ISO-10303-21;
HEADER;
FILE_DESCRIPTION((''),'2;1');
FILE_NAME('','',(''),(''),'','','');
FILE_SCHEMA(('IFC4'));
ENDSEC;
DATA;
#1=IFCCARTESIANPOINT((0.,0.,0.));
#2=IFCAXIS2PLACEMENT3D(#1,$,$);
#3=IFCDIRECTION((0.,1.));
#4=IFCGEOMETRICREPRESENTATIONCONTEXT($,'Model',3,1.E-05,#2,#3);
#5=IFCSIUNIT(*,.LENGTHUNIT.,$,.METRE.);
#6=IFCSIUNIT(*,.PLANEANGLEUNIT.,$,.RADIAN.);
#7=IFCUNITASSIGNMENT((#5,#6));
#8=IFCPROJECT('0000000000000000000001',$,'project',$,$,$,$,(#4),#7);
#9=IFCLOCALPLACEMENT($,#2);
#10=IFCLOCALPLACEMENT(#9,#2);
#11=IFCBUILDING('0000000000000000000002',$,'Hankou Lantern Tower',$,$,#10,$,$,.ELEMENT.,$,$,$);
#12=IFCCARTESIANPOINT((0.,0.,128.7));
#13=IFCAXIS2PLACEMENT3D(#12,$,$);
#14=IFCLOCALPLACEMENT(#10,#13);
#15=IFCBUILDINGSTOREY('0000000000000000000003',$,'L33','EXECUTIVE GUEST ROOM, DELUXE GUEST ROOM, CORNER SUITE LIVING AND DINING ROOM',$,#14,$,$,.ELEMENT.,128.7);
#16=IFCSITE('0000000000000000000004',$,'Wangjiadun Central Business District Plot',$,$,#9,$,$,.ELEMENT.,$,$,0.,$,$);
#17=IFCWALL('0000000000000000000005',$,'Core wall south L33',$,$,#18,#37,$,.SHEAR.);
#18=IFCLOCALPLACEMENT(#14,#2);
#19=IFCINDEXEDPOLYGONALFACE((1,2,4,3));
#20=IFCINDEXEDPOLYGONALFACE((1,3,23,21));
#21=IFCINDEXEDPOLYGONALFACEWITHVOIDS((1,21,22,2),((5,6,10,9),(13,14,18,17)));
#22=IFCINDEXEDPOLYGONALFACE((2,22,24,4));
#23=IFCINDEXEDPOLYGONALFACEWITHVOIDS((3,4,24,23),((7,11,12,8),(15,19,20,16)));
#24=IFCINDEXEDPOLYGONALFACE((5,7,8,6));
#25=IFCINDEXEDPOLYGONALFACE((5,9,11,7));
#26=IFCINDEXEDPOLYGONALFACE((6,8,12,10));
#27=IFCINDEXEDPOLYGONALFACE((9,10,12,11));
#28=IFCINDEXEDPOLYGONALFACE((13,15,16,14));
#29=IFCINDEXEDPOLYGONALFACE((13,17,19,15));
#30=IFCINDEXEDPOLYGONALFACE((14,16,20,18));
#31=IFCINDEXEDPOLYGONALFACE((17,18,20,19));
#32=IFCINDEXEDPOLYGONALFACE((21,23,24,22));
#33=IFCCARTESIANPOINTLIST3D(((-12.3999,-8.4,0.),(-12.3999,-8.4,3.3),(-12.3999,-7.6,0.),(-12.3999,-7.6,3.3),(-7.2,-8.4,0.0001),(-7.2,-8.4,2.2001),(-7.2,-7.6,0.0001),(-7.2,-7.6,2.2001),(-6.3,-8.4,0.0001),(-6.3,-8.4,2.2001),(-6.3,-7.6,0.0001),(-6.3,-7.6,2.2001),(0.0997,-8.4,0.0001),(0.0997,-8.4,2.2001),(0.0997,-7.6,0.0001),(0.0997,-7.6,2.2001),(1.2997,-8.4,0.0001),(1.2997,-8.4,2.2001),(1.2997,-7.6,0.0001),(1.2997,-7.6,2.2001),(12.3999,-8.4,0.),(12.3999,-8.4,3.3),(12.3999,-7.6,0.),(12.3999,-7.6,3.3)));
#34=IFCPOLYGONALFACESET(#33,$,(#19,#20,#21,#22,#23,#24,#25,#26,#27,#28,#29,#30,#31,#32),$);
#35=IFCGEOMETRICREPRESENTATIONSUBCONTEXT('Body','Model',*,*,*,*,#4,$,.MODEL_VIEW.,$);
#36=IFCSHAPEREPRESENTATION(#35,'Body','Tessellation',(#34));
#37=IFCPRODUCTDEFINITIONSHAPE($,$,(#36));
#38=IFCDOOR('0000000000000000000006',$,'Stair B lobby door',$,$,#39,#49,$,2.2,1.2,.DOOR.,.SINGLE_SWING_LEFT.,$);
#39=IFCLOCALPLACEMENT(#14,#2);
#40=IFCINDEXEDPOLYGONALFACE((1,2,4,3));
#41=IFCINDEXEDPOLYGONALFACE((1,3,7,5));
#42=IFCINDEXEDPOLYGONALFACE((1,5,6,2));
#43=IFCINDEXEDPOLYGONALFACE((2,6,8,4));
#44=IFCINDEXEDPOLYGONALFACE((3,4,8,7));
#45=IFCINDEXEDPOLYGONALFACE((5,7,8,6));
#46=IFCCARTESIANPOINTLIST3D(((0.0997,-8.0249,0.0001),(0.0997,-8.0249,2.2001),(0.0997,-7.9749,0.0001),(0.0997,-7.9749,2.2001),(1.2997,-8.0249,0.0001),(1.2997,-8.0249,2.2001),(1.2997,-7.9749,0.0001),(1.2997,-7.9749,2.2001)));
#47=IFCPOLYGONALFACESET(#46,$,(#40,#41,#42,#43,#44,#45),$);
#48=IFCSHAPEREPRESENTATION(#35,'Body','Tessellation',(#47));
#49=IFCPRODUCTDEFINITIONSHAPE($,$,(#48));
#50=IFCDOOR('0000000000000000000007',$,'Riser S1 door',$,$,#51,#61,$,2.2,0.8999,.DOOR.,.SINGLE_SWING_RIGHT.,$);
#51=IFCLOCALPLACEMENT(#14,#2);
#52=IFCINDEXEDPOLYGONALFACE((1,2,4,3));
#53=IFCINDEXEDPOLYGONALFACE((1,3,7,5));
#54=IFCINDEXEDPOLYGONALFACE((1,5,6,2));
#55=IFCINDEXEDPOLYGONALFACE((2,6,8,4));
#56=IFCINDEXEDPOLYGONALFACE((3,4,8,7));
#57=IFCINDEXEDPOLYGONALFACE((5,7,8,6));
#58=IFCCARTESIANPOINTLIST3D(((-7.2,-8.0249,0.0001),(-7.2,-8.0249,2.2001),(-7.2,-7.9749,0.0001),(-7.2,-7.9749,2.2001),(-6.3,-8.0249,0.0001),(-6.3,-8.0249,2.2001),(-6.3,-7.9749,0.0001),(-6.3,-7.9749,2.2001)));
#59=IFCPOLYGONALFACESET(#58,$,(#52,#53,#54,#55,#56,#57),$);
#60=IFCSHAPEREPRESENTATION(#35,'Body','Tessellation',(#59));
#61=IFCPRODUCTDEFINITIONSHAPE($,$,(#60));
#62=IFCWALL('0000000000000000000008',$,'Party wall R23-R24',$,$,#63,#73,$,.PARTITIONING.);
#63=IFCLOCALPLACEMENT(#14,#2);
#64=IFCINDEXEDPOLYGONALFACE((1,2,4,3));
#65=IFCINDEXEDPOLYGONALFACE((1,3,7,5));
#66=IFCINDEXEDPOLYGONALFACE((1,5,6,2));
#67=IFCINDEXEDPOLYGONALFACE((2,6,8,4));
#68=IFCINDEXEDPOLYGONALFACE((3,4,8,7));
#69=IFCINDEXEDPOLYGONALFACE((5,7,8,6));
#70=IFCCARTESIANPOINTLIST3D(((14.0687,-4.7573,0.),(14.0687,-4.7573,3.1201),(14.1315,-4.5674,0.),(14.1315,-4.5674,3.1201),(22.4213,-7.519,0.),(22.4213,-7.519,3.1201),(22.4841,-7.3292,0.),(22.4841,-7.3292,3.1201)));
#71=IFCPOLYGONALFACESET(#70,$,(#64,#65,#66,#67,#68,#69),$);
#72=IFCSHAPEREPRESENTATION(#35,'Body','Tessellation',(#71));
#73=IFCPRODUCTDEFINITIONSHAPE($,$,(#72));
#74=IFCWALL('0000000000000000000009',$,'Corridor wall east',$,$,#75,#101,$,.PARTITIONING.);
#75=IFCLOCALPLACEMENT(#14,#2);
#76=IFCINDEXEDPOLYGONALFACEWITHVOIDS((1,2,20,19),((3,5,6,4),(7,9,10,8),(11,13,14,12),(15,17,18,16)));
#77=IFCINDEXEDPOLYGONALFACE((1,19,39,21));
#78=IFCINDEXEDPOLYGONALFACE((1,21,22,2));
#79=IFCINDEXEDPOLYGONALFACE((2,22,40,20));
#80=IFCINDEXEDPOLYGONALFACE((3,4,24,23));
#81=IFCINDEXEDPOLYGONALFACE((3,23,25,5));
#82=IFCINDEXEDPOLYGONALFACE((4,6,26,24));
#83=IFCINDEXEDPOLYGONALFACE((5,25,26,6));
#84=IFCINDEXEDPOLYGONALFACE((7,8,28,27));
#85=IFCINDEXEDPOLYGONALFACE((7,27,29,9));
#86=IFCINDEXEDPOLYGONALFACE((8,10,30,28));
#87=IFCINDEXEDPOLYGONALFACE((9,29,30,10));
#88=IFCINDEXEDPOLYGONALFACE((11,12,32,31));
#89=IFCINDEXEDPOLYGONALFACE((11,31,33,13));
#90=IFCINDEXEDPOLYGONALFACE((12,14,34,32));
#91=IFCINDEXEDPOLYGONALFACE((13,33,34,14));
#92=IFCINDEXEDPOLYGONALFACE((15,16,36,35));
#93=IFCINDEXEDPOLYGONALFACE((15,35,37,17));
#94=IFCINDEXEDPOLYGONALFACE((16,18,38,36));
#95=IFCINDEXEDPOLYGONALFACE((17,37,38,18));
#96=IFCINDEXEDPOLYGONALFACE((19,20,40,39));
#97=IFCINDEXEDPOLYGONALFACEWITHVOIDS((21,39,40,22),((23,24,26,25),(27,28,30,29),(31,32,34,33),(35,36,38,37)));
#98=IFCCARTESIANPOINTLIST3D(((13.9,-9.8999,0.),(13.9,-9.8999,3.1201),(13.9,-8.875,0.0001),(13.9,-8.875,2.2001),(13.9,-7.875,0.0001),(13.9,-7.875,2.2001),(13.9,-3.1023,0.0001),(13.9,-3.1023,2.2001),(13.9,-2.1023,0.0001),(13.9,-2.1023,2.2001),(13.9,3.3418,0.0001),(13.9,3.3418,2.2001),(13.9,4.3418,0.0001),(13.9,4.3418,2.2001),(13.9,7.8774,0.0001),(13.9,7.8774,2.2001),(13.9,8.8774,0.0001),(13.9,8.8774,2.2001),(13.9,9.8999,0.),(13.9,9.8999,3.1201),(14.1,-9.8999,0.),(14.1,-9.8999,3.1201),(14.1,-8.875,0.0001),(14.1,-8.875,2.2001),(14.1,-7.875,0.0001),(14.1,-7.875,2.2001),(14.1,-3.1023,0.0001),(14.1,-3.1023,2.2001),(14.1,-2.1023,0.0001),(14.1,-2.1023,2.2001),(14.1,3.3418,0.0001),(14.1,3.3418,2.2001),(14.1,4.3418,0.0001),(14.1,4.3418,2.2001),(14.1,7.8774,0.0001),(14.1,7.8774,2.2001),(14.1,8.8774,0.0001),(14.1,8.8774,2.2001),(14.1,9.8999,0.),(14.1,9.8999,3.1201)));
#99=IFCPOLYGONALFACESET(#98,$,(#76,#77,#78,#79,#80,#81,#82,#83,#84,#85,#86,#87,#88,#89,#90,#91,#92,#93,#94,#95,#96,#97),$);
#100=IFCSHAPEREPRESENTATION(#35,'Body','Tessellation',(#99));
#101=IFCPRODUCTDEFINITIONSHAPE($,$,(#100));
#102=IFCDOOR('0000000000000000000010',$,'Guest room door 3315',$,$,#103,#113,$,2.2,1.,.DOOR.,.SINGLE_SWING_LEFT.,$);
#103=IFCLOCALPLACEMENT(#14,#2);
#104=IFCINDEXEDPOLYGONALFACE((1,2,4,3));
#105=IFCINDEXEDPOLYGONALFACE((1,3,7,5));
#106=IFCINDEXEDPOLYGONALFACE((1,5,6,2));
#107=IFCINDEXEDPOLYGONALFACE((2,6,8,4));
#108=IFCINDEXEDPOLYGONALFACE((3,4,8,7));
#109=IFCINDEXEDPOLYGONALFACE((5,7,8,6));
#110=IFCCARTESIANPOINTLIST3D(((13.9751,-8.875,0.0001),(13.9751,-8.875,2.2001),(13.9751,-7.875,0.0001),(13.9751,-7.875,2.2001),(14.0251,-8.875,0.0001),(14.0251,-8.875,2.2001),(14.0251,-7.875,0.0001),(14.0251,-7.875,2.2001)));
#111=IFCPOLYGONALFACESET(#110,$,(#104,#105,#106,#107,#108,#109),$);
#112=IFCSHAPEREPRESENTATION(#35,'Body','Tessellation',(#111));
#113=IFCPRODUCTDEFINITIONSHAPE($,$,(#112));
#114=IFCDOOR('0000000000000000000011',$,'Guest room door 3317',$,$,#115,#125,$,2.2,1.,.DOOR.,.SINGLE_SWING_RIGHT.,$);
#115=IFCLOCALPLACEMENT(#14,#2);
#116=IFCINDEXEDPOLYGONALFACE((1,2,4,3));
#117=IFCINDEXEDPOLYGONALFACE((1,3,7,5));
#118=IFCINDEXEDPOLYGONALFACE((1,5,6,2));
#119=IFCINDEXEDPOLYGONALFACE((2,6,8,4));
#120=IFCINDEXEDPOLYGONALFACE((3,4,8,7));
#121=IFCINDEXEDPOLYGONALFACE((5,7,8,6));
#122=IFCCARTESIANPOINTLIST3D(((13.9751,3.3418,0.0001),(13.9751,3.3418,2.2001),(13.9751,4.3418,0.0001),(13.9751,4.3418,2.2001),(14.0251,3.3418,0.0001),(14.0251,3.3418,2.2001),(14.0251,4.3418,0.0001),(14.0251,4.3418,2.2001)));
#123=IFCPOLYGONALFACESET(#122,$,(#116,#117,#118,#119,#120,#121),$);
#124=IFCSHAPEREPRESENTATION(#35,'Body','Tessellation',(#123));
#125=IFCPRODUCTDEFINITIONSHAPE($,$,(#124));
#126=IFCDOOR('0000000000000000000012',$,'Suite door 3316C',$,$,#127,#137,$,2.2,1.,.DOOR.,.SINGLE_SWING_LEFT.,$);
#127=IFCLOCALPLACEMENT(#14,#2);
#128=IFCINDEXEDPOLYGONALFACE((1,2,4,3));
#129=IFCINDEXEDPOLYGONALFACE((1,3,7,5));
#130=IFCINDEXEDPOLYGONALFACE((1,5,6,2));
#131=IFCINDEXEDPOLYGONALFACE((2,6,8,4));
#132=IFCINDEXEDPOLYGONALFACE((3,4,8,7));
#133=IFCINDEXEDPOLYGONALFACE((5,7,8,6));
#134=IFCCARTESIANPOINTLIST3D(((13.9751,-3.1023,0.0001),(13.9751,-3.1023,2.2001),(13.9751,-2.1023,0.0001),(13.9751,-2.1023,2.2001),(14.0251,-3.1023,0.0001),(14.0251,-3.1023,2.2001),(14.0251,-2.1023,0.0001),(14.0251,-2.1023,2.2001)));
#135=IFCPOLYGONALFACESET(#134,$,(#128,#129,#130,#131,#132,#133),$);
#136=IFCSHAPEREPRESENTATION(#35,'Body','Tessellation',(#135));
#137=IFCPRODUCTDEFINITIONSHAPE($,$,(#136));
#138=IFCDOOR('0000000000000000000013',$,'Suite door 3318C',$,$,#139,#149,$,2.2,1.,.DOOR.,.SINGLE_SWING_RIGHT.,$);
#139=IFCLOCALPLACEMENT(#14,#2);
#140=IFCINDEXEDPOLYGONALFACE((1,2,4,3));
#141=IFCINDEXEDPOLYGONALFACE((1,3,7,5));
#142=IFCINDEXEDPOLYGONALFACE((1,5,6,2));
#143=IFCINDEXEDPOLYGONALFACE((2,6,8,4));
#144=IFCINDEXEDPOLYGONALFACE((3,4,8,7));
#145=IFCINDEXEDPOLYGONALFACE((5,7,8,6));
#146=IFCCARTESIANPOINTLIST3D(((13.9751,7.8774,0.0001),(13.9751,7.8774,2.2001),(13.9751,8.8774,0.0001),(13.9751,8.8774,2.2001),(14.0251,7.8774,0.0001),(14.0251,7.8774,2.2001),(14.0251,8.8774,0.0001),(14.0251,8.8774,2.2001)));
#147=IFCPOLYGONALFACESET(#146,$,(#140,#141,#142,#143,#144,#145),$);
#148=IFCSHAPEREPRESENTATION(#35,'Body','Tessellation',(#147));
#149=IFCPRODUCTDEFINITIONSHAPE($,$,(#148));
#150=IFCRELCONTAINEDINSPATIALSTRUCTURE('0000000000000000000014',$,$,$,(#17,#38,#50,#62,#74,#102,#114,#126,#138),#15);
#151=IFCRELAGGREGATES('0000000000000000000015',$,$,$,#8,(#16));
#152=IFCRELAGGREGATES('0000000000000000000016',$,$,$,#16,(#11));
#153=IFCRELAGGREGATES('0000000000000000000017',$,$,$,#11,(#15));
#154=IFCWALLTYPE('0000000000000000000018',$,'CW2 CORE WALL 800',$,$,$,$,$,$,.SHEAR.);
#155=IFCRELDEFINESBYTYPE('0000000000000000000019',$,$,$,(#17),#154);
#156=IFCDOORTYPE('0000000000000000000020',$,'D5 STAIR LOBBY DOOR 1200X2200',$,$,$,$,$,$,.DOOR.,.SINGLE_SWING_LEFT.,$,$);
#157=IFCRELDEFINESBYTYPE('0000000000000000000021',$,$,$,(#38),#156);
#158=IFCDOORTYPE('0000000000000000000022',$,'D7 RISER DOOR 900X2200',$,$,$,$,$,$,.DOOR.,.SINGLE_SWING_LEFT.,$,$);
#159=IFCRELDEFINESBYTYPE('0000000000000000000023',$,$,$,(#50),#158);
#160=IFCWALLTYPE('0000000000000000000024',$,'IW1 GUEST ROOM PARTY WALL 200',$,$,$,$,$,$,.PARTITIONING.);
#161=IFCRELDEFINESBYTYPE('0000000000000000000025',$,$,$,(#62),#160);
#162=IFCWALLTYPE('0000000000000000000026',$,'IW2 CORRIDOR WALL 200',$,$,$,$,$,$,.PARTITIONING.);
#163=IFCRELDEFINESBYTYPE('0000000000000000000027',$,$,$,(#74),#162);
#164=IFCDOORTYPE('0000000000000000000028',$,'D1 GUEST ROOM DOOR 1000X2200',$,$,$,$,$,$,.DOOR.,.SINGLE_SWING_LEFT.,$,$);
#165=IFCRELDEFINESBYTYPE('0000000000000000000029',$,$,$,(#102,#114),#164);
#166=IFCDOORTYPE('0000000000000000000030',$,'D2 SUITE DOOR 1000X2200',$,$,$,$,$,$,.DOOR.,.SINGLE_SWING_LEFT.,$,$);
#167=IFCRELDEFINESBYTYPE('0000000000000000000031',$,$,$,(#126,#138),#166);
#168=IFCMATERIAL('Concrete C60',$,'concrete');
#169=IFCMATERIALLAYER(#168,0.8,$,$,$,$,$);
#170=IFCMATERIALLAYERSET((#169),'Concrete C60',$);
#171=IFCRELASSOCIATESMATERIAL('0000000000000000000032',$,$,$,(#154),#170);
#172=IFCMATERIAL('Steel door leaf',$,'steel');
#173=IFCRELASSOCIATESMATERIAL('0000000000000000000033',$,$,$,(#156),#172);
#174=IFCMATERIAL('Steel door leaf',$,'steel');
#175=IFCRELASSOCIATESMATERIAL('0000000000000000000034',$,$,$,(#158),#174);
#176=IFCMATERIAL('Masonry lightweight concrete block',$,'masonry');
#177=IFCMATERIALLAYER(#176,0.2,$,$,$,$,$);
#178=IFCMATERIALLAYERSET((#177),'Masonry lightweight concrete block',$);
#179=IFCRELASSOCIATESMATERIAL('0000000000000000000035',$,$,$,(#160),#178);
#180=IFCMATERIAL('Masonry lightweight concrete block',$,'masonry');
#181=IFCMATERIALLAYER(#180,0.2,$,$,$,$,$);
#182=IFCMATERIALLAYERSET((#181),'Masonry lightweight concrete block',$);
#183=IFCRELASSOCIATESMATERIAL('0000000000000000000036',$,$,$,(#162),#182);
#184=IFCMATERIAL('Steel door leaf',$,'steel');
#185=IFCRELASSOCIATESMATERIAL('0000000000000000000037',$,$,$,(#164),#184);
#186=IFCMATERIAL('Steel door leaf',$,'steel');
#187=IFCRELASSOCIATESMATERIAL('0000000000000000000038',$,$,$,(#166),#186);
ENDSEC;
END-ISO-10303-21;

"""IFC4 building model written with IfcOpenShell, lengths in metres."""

from ifc_helpers import new_model, si_unit, direction, frame, frame_2d, origin, place, context, subcontext, project, spatial, rectangle, extrude, material, layer, layer_set, type_object, element, fill, save


model = new_model("IFC4")

# Units and contexts
model_context = context("Model", 3, precision=1e-05, world=origin(), true_north=direction((0.0, 1.0)))
body_context = subcontext(model_context, "Body", "Model", "MODEL_VIEW")
ifc_project = project(units=[si_unit("LENGTHUNIT", "METRE"), si_unit("PLANEANGLEUNIT", "RADIAN")], contexts=[model_context])

# Site, building, storey
site_placement = place(None, origin())
site = spatial("IfcSite", under=ifc_project, at=site_placement, Name="Wangjiadun Central Business District Plot", CompositionType="ELEMENT", RefElevation=0.0)
building_placement = place(site_placement, origin())
building = spatial("IfcBuilding", under=site, at=building_placement, Name="Hankou Lantern Tower", CompositionType="ELEMENT")
storey_placement = place(building_placement, frame((0.0, 0.0, 128.7)))
storey = spatial("IfcBuildingStorey", under=building, at=storey_placement, Name="L33", Description="EXECUTIVE GUEST ROOM, DELUXE GUEST ROOM, CORNER SUITE LIVING AND DINING ROOM", CompositionType="ELEMENT", Elevation=128.7)

# Wall, openings, doors
ifc_material_1 = material(Name="Concrete C60", Category="concrete")
ifc_layer_1 = layer(ifc_material_1, 0.8)
ifc_layer_set_1 = layer_set([ifc_layer_1], Name="Concrete C60")
wall_type_1 = type_object("IfcWallType", Name="CW2 CORE WALL 800", PredefinedType="SHEAR", material=ifc_layer_set_1)
wall_1_placement = place(storey_placement, frame((12.3999, -8.0, 0.0), z_axis=(0.0, 0.0, 1.0), x_axis=(-1.0, 0.0, 0.0)))
wall_1 = element("IfcWall", 1, at=wall_1_placement, inside=storey, type_object=wall_type_1, Name="Core wall south L33", PredefinedType="SHEAR", context=body_context, shape_type="SweptSolid", body=[
    extrude(rectangle(XDim=24.7998, YDim=0.8, at=frame_2d((12.3999, 0.0))), origin(), (0.0, 0.0, 1.0), 3.3),
])
opening_1_placement = place(wall_1_placement, frame((11.1001, 0.0, 0.0)))
opening_1 = element("IfcOpeningElement", 2, at=opening_1_placement, cuts=wall_1, PredefinedType="OPENING", context=body_context, shape_type="SweptSolid", body=[
    extrude(rectangle(XDim=1.2, YDim=2.2, at=frame_2d((0.6001, 1.1001))), frame((0.0, 0.4099, 0.0), z_axis=(0.0, -1.0, 0.0), x_axis=(1.0, 0.0, 0.0)), (0.0, 0.0, 1.0), 0.8201),
])
opening_2_placement = place(wall_1_placement, frame((18.7, 0.0, 0.0)))
opening_2 = element("IfcOpeningElement", 3, at=opening_2_placement, cuts=wall_1, PredefinedType="OPENING", context=body_context, shape_type="SweptSolid", body=[
    extrude(rectangle(XDim=0.8999, YDim=2.2, at=frame_2d((0.45, 1.1001))), frame((0.0, 0.4099, 0.0), z_axis=(0.0, -1.0, 0.0), x_axis=(1.0, 0.0, 0.0)), (0.0, 0.0, 1.0), 0.8201),
])
ifc_material_2 = material(Name="Steel door leaf", Category="steel")
door_type_1 = type_object("IfcDoorType", Name="D5 STAIR LOBBY DOOR 1200X2200", OperationType="SINGLE_SWING_LEFT", PredefinedType="DOOR", material=ifc_material_2)
door_1_placement = place(opening_1_placement, origin())
door_1 = element("IfcDoor", 4, at=door_1_placement, inside=storey, type_object=door_type_1, Name="Stair B lobby door", OperationType="SINGLE_SWING_LEFT", OverallHeight=2.2, OverallWidth=1.2, PredefinedType="DOOR", context=body_context, shape_type="SweptSolid", body=[
    extrude(rectangle(XDim=1.2, YDim=2.2, at=frame_2d((0.6001, 1.1001))), frame((0.0, 0.0249, 0.0), z_axis=(0.0, -1.0, 0.0), x_axis=(1.0, 0.0, 0.0)), (0.0, 0.0, 1.0), 0.05),
])
fill(opening_1, door_1)
ifc_material_3 = material(Name="Steel door leaf", Category="steel")
door_type_2 = type_object("IfcDoorType", Name="D7 RISER DOOR 900X2200", OperationType="SINGLE_SWING_LEFT", PredefinedType="DOOR", material=ifc_material_3)
door_2_placement = place(opening_2_placement, origin())
door_2 = element("IfcDoor", 5, at=door_2_placement, inside=storey, type_object=door_type_2, Name="Riser S1 door", OperationType="SINGLE_SWING_RIGHT", OverallHeight=2.2, OverallWidth=0.8999, PredefinedType="DOOR", context=body_context, shape_type="SweptSolid", body=[
    extrude(rectangle(XDim=0.8999, YDim=2.2, at=frame_2d((0.45, 1.1001))), frame((0.0, 0.0249, 0.0), z_axis=(0.0, -1.0, 0.0), x_axis=(1.0, 0.0, 0.0)), (0.0, 0.0, 1.0), 0.05),
])
fill(opening_2, door_2)

# Wall
ifc_material_4 = material(Name="Masonry lightweight concrete block", Category="masonry")
ifc_layer_2 = layer(ifc_material_4, 0.2)
ifc_layer_set_2 = layer_set([ifc_layer_2], Name="Masonry lightweight concrete block")
wall_type_2 = type_object("IfcWallType", Name="IW1 GUEST ROOM PARTY WALL 200", PredefinedType="PARTITIONING", material=ifc_layer_set_2)
wall_2_placement = place(storey_placement, frame((14.1001, -4.6624, 0.0), z_axis=(0.0, 0.0, 1.0), x_axis=(0.949446, -0.313929, 0.0)))
element("IfcWall", 6, at=wall_2_placement, inside=storey, type_object=wall_type_2, Name="Party wall R23-R24", PredefinedType="PARTITIONING", context=body_context, shape_type="SweptSolid", body=[
    extrude(rectangle(XDim=8.7974, YDim=0.2, at=frame_2d((4.3987, 0.0))), origin(), (0.0, 0.0, 1.0), 3.1201),
])

# Wall, openings, doors
ifc_material_5 = material(Name="Masonry lightweight concrete block", Category="masonry")
ifc_layer_3 = layer(ifc_material_5, 0.2)
ifc_layer_set_3 = layer_set([ifc_layer_3], Name="Masonry lightweight concrete block")
wall_type_3 = type_object("IfcWallType", Name="IW2 CORRIDOR WALL 200", PredefinedType="PARTITIONING", material=ifc_layer_set_3)
wall_3_placement = place(storey_placement, frame((14.0, -9.8999, 0.0), z_axis=(0.0, 0.0, 1.0), x_axis=(0.0, 1.0, 0.0)))
wall_3 = element("IfcWall", 7, at=wall_3_placement, inside=storey, type_object=wall_type_3, Name="Corridor wall east", PredefinedType="PARTITIONING", context=body_context, shape_type="SweptSolid", body=[
    extrude(rectangle(XDim=19.7998, YDim=0.2, at=frame_2d((9.8999, 0.0))), origin(), (0.0, 0.0, 1.0), 3.1201),
])
opening_3_placement = place(wall_3_placement, frame((1.0249, 0.0, 0.0)))
opening_3 = element("IfcOpeningElement", 8, at=opening_3_placement, cuts=wall_3, PredefinedType="OPENING", context=body_context, shape_type="SweptSolid", body=[
    extrude(rectangle(XDim=1.0, YDim=2.2, at=frame_2d((0.5, 1.1001))), frame((0.0, 0.1099, 0.0), z_axis=(0.0, -1.0, 0.0), x_axis=(1.0, 0.0, 0.0)), (0.0, 0.0, 1.0), 0.22),
])
opening_4_placement = place(wall_3_placement, frame((6.7976, 0.0, 0.0)))
opening_4 = element("IfcOpeningElement", 9, at=opening_4_placement, cuts=wall_3, PredefinedType="OPENING", context=body_context, shape_type="SweptSolid", body=[
    extrude(rectangle(XDim=1.0, YDim=2.2, at=frame_2d((0.5, 1.1001))), frame((0.0, 0.1099, 0.0), z_axis=(0.0, -1.0, 0.0), x_axis=(1.0, 0.0, 0.0)), (0.0, 0.0, 1.0), 0.22),
])
opening_5_placement = place(wall_3_placement, frame((13.2417, 0.0, 0.0)))
opening_5 = element("IfcOpeningElement", 10, at=opening_5_placement, cuts=wall_3, PredefinedType="OPENING", context=body_context, shape_type="SweptSolid", body=[
    extrude(rectangle(XDim=1.0, YDim=2.2, at=frame_2d((0.5, 1.1001))), frame((0.0, 0.1099, 0.0), z_axis=(0.0, -1.0, 0.0), x_axis=(1.0, 0.0, 0.0)), (0.0, 0.0, 1.0), 0.22),
])
opening_6_placement = place(wall_3_placement, frame((17.7773, 0.0, 0.0)))
opening_6 = element("IfcOpeningElement", 11, at=opening_6_placement, cuts=wall_3, PredefinedType="OPENING", context=body_context, shape_type="SweptSolid", body=[
    extrude(rectangle(XDim=1.0, YDim=2.2, at=frame_2d((0.5, 1.1001))), frame((0.0, 0.1099, 0.0), z_axis=(0.0, -1.0, 0.0), x_axis=(1.0, 0.0, 0.0)), (0.0, 0.0, 1.0), 0.22),
])
ifc_material_6 = material(Name="Steel door leaf", Category="steel")
door_type_3 = type_object("IfcDoorType", Name="D1 GUEST ROOM DOOR 1000X2200", OperationType="SINGLE_SWING_LEFT", PredefinedType="DOOR", material=ifc_material_6)
door_3_placement = place(opening_3_placement, origin())
door_3 = element("IfcDoor", 12, at=door_3_placement, inside=storey, type_object=door_type_3, Name="Guest room door 3315", OperationType="SINGLE_SWING_LEFT", OverallHeight=2.2, OverallWidth=1.0, PredefinedType="DOOR", context=body_context, shape_type="SweptSolid", body=[
    extrude(rectangle(XDim=1.0, YDim=2.2, at=frame_2d((0.5, 1.1001))), frame((0.0, 0.0249, 0.0), z_axis=(0.0, -1.0, 0.0), x_axis=(1.0, 0.0, 0.0)), (0.0, 0.0, 1.0), 0.05),
])
fill(opening_3, door_3)
door_4_placement = place(opening_5_placement, origin())
door_4 = element("IfcDoor", 13, at=door_4_placement, inside=storey, type_object=door_type_3, Name="Guest room door 3317", OperationType="SINGLE_SWING_RIGHT", OverallHeight=2.2, OverallWidth=1.0, PredefinedType="DOOR", context=body_context, shape_type="SweptSolid", body=[
    extrude(rectangle(XDim=1.0, YDim=2.2, at=frame_2d((0.5, 1.1001))), frame((0.0, 0.0249, 0.0), z_axis=(0.0, -1.0, 0.0), x_axis=(1.0, 0.0, 0.0)), (0.0, 0.0, 1.0), 0.05),
])
fill(opening_5, door_4)
ifc_material_7 = material(Name="Steel door leaf", Category="steel")
door_type_4 = type_object("IfcDoorType", Name="D2 SUITE DOOR 1000X2200", OperationType="SINGLE_SWING_LEFT", PredefinedType="DOOR", material=ifc_material_7)
door_5_placement = place(opening_4_placement, origin())
door_5 = element("IfcDoor", 14, at=door_5_placement, inside=storey, type_object=door_type_4, Name="Suite door 3316C", OperationType="SINGLE_SWING_LEFT", OverallHeight=2.2, OverallWidth=1.0, PredefinedType="DOOR", context=body_context, shape_type="SweptSolid", body=[
    extrude(rectangle(XDim=1.0, YDim=2.2, at=frame_2d((0.5, 1.1001))), frame((0.0, 0.0249, 0.0), z_axis=(0.0, -1.0, 0.0), x_axis=(1.0, 0.0, 0.0)), (0.0, 0.0, 1.0), 0.05),
])
fill(opening_4, door_5)
door_6_placement = place(opening_6_placement, origin())
door_6 = element("IfcDoor", 15, at=door_6_placement, inside=storey, type_object=door_type_4, Name="Suite door 3318C", OperationType="SINGLE_SWING_RIGHT", OverallHeight=2.2, OverallWidth=1.0, PredefinedType="DOOR", context=body_context, shape_type="SweptSolid", body=[
    extrude(rectangle(XDim=1.0, YDim=2.2, at=frame_2d((0.5, 1.1001))), frame((0.0, 0.0249, 0.0), z_axis=(0.0, -1.0, 0.0), x_axis=(1.0, 0.0, 0.0)), (0.0, 0.0, 1.0), 0.05),
])
fill(opening_6, door_6)

save(model, "model.ifc")
